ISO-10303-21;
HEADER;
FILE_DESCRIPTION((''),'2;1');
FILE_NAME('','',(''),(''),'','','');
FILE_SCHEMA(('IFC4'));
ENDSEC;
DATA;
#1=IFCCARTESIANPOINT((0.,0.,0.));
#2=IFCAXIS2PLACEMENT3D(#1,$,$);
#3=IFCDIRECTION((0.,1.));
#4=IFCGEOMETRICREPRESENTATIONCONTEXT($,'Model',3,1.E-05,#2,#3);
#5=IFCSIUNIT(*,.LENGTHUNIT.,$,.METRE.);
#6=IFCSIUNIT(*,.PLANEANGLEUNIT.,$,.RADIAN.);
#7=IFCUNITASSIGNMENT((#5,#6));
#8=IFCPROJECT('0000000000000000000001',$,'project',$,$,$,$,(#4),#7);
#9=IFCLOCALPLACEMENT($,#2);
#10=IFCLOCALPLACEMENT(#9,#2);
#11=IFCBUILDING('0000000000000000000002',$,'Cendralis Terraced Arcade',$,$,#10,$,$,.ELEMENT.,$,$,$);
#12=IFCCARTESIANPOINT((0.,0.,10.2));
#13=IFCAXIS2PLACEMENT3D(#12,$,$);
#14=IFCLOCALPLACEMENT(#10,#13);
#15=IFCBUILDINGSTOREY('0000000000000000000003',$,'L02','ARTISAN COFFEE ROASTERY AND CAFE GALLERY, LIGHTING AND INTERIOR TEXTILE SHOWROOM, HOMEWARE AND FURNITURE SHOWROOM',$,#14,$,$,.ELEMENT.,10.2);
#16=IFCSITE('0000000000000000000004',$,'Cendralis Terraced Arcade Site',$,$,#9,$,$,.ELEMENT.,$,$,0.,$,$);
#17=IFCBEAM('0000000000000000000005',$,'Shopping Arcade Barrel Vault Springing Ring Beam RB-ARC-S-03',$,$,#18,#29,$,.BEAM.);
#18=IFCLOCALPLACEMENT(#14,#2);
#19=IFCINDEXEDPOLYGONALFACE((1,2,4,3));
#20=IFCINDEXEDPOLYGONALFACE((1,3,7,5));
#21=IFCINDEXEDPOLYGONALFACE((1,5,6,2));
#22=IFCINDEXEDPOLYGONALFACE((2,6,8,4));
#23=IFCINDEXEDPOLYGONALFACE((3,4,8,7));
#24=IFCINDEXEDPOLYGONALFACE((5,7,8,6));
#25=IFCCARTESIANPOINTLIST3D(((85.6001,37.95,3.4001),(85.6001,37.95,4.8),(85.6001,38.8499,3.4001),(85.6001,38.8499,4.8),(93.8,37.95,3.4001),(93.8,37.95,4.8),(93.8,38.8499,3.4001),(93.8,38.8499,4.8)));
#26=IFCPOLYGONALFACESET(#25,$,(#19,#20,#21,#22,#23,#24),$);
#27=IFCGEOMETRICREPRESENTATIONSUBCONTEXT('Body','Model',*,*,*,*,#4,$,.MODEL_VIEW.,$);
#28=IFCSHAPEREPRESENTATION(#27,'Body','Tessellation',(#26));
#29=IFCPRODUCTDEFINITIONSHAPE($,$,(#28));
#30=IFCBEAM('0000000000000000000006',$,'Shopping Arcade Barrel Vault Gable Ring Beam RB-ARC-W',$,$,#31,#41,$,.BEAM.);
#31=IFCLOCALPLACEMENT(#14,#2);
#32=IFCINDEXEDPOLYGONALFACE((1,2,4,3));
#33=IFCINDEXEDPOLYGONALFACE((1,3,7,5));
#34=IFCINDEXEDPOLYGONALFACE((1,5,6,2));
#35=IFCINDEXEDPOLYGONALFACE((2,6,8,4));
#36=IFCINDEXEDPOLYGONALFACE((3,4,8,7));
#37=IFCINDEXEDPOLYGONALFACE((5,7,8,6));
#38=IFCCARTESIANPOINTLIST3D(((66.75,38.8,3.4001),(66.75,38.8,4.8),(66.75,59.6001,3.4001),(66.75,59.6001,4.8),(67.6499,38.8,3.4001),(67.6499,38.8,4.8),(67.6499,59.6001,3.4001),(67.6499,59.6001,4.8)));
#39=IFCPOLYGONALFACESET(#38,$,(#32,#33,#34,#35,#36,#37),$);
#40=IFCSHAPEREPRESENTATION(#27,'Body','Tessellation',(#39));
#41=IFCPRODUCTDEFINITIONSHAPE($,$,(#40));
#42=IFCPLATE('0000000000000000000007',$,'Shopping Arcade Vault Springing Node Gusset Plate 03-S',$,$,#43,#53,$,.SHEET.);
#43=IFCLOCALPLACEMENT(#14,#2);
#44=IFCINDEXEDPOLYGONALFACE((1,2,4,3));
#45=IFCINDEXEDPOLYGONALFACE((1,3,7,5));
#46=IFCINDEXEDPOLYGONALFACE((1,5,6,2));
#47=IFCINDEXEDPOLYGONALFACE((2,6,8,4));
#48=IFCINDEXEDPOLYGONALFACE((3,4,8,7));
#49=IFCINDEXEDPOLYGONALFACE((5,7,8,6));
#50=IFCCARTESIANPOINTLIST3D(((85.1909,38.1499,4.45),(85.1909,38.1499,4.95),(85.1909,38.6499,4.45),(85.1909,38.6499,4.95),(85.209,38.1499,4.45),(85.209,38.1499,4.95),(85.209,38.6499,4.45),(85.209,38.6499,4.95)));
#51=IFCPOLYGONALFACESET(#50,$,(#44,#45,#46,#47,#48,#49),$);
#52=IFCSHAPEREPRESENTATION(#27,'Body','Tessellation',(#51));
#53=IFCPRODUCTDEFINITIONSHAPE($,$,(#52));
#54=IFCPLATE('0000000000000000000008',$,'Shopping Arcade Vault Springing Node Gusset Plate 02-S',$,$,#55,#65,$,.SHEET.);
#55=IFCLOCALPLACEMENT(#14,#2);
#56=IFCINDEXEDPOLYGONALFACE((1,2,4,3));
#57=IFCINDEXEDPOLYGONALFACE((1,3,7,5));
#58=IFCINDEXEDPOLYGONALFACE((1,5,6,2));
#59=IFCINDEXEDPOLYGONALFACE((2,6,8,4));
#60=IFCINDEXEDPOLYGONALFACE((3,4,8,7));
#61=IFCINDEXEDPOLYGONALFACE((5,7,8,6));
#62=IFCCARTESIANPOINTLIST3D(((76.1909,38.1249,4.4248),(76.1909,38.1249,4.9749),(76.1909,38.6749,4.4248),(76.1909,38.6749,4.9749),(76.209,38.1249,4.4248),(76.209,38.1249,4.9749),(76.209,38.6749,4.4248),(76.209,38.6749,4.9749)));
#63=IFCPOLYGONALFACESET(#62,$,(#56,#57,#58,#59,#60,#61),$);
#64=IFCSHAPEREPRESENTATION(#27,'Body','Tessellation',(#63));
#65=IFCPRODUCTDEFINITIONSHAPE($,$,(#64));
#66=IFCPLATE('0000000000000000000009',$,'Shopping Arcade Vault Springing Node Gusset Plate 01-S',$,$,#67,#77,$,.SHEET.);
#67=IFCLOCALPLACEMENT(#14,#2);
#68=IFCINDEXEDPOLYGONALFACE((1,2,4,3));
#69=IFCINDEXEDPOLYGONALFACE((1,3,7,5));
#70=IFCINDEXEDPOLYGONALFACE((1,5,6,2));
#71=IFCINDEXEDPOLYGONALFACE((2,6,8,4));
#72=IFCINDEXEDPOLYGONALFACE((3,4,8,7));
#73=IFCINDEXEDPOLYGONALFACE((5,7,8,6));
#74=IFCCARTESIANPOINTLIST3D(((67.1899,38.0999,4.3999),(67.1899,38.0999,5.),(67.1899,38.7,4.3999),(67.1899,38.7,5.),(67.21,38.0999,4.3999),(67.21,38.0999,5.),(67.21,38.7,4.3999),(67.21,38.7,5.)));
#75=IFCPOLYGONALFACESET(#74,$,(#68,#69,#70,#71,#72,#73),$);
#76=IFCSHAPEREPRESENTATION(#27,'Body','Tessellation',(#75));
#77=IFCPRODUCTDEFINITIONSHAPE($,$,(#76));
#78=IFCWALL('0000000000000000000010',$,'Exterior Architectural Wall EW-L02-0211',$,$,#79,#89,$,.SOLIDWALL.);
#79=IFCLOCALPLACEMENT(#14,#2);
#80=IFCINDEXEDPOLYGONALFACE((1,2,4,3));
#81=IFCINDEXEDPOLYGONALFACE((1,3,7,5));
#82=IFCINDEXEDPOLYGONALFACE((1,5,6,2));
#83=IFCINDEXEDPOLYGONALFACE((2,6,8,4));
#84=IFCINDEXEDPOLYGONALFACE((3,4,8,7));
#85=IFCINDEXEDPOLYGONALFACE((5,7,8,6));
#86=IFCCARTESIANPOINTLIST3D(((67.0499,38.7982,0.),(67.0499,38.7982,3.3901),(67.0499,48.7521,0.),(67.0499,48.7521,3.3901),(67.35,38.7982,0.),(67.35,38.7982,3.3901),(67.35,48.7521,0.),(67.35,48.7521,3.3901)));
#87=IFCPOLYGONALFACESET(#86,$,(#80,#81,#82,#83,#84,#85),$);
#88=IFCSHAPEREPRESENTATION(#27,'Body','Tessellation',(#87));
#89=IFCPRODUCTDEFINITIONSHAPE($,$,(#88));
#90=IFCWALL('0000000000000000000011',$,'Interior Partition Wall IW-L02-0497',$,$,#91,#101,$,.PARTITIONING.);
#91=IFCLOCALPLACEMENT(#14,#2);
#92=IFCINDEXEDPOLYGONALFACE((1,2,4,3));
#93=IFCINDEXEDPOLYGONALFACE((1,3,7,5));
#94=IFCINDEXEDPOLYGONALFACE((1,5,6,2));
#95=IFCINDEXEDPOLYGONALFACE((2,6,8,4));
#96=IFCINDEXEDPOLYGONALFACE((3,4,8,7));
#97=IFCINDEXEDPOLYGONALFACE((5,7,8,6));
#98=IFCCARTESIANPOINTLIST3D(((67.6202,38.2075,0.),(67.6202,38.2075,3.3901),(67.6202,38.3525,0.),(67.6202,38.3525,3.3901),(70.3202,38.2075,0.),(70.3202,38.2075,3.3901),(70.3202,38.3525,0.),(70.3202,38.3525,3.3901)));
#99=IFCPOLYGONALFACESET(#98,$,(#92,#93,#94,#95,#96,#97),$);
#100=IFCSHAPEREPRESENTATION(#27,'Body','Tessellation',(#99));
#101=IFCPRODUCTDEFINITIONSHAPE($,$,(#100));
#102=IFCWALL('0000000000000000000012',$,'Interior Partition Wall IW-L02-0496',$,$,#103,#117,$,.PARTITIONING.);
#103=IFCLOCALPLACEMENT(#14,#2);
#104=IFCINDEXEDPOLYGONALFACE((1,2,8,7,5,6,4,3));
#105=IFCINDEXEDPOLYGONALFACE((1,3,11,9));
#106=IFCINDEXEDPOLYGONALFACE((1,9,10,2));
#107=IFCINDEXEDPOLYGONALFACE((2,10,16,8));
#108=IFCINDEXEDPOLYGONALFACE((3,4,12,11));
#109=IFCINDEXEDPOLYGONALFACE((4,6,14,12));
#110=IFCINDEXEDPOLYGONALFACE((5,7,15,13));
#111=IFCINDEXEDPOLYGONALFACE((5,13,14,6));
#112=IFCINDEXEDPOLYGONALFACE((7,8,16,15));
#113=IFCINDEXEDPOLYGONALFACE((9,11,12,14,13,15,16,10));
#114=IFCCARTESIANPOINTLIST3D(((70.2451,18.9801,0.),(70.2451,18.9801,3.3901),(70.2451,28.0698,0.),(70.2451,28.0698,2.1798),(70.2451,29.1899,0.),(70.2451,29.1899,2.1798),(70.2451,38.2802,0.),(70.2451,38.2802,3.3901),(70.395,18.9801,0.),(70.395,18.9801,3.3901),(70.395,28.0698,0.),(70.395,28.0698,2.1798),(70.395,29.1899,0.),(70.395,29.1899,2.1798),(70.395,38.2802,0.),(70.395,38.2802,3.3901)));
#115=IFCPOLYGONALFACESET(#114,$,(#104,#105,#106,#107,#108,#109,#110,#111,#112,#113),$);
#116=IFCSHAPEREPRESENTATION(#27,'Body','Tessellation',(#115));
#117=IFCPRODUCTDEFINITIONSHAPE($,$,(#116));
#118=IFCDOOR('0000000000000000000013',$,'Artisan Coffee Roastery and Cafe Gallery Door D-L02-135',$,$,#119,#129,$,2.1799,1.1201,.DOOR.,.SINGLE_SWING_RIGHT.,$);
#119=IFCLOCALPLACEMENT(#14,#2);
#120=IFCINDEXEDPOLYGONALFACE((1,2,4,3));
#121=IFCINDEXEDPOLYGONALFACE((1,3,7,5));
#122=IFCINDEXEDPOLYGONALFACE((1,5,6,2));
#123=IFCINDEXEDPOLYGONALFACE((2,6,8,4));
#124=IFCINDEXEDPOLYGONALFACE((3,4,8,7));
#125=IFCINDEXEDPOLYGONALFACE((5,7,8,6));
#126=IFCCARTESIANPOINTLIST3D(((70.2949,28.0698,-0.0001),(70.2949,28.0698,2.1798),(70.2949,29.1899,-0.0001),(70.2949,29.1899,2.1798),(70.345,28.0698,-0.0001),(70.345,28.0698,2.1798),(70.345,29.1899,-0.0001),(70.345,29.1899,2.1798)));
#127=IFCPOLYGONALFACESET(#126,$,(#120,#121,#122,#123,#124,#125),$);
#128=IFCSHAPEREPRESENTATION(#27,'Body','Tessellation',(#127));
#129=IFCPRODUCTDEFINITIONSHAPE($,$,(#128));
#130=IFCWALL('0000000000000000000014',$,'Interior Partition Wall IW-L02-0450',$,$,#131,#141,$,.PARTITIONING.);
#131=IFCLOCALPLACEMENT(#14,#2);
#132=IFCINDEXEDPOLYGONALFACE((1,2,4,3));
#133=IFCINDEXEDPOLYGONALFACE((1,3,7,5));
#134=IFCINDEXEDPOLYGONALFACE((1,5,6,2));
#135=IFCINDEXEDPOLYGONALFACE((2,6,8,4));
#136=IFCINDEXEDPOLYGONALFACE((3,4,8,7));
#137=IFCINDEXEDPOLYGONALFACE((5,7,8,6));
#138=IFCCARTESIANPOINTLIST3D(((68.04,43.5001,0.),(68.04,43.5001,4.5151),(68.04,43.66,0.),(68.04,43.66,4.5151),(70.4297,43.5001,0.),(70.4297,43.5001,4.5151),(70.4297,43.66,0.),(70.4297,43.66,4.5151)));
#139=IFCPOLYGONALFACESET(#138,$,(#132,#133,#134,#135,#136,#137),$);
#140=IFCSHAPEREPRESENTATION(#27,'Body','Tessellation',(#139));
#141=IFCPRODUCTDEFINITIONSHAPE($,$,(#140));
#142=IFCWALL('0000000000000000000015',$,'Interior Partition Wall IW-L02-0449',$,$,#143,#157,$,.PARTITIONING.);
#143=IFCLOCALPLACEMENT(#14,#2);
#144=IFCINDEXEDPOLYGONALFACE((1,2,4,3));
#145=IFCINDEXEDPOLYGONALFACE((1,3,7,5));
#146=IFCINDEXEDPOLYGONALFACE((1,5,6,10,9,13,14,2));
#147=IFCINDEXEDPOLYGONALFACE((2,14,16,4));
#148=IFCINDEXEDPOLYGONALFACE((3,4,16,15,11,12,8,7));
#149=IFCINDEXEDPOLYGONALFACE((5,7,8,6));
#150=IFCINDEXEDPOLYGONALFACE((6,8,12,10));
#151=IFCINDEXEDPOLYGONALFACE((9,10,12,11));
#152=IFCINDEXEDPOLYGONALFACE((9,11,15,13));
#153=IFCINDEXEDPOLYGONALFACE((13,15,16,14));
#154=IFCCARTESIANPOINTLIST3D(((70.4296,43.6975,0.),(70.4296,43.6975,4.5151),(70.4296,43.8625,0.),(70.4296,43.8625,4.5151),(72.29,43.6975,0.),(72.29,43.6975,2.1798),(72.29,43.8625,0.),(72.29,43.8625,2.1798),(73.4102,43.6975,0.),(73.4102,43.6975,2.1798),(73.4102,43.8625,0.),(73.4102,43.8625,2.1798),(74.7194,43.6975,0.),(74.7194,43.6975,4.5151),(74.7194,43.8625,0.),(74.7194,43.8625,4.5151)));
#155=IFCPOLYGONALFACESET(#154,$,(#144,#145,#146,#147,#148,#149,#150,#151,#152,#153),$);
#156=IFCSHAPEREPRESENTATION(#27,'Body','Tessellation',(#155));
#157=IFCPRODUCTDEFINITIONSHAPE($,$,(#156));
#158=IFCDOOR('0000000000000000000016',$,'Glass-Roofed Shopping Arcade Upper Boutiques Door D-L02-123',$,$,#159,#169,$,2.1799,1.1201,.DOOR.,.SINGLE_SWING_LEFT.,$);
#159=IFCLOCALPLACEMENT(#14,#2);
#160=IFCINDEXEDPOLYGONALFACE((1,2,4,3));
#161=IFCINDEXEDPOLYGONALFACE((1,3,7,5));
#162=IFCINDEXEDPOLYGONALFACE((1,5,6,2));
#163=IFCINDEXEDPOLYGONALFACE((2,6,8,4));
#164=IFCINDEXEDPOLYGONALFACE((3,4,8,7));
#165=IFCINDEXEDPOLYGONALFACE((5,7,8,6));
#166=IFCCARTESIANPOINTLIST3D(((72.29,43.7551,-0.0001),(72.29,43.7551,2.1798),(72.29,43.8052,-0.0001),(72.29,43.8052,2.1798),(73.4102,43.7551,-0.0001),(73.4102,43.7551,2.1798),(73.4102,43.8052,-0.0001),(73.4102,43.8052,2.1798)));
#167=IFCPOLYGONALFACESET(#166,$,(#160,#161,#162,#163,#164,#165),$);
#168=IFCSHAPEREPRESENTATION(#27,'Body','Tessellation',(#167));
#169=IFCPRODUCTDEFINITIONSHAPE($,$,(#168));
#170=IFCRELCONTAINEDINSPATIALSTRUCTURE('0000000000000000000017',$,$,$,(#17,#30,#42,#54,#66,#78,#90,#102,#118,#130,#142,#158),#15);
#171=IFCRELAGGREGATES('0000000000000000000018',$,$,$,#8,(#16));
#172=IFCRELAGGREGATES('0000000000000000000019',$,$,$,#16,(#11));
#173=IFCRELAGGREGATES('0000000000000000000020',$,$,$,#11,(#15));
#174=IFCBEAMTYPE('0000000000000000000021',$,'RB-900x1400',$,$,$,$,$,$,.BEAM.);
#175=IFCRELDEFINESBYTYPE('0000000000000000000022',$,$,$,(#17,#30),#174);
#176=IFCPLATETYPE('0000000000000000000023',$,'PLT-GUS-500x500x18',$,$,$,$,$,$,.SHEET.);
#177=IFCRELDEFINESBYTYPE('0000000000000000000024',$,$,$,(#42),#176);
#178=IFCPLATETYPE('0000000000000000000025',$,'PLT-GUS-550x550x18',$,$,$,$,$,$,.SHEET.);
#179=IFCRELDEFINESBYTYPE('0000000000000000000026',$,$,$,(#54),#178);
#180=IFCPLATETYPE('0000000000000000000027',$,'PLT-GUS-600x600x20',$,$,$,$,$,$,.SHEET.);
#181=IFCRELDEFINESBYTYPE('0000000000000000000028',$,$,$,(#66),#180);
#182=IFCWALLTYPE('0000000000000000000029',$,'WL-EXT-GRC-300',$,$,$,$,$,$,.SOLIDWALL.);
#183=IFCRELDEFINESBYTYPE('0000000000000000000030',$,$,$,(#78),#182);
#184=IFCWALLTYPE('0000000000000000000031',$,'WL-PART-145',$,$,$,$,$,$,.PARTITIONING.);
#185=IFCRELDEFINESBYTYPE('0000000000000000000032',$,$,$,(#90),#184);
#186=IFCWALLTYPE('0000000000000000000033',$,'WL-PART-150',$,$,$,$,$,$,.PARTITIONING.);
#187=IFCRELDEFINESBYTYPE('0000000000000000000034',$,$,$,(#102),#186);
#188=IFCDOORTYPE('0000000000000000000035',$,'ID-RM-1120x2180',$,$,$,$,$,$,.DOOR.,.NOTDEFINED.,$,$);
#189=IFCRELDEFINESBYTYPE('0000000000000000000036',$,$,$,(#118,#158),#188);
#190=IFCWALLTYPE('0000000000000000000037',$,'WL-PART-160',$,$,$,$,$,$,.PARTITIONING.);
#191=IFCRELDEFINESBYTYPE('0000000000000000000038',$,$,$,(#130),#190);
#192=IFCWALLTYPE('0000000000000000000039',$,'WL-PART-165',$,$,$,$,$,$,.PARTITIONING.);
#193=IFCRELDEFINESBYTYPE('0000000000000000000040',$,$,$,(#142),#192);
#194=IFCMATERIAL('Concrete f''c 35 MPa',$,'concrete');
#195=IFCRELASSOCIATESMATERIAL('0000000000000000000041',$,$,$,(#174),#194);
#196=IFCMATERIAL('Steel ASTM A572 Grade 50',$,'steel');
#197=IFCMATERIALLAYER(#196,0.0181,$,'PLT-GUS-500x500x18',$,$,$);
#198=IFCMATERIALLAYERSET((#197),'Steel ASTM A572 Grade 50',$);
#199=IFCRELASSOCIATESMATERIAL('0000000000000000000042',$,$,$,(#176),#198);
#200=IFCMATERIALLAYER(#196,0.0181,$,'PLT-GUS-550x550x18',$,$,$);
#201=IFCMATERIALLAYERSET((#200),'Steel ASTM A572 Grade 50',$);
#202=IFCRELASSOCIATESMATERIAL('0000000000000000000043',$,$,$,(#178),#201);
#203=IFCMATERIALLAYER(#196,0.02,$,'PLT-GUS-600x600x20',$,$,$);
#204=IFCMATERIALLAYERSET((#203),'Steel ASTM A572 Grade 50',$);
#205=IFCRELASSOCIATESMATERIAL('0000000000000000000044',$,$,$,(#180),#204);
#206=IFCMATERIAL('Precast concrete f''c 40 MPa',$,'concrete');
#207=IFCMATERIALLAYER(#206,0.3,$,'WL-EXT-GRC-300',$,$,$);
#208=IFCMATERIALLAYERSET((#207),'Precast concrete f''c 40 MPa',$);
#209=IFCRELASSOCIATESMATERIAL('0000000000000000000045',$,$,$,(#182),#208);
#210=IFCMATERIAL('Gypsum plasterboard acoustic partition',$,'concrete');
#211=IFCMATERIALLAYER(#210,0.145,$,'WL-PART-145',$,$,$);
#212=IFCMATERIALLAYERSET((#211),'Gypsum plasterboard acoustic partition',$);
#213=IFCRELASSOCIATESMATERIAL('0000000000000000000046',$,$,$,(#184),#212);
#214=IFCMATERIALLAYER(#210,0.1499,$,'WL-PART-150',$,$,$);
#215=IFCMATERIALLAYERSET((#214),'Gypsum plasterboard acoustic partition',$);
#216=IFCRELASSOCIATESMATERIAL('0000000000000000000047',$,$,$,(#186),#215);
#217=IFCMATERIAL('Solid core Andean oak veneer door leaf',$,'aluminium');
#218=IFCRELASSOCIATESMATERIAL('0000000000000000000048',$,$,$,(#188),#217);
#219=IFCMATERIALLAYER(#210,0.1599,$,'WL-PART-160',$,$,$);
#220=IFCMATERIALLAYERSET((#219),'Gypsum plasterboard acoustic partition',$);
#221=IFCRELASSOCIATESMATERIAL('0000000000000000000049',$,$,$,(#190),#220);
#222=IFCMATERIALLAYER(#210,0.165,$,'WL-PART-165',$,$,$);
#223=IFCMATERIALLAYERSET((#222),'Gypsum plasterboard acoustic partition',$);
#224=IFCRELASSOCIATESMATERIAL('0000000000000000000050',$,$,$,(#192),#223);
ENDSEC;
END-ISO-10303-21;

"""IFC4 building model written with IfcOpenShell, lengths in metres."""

from ifc_helpers import new_model, si_unit, direction, frame, frame_2d, origin, origin_2d, place, context, subcontext, project, spatial, rectangle, extrude, material, layer, layer_set, material_profile, profile_set, type_object, element, fill, save


model = new_model("IFC4")

# Units and contexts
model_context = context("Model", 3, precision=1e-05, world=origin(), true_north=direction((0.0, 1.0)))
body_context = subcontext(model_context, "Body", "Model", "MODEL_VIEW")
ifc_project = project(units=[si_unit("LENGTHUNIT", "METRE"), si_unit("PLANEANGLEUNIT", "RADIAN")], contexts=[model_context])

# Site, building, storey
site_placement = place(None, origin())
site = spatial("IfcSite", under=ifc_project, at=site_placement, Name="Cendralis Terraced Arcade Site", CompositionType="ELEMENT", RefElevation=0.0)
building_placement = place(site_placement, origin())
building = spatial("IfcBuilding", under=site, at=building_placement, Name="Cendralis Terraced Arcade", CompositionType="ELEMENT")
storey_placement = place(building_placement, frame((0.0, 0.0, 10.2)))
storey = spatial("IfcBuildingStorey", under=building, at=storey_placement, Name="L02", Description="ARTISAN COFFEE ROASTERY AND CAFE GALLERY, LIGHTING AND INTERIOR TEXTILE SHOWROOM, HOMEWARE AND FURNITURE SHOWROOM", CompositionType="ELEMENT", Elevation=10.2)

# Beams
ifc_material_1 = material(Name="Concrete f'c 35 MPa", Category="concrete")
ifc_material_profile_1 = material_profile(ifc_material_1, rectangle(XDim=0.8999, YDim=1.3999, at=origin_2d()), Name="RC-RB-900x1400", Category="LoadBearing")
ifc_profile_set_1 = profile_set([ifc_material_profile_1], Name="Concrete f'c 35 MPa")
beam_type = type_object("IfcBeamType", Name="RB-900x1400", PredefinedType="BEAM", material=ifc_profile_set_1)
for number, where, z_axis, x_axis, name in (
    (1, (85.6001, 38.3999, 4.1001), (1.0, 0.0, 0.0), (0.0, 1.0, 0.0), "Shopping Arcade Barrel Vault Springing Ring Beam RB-ARC-S-03"),
):
    element("IfcBeam", number, at=place(storey_placement, frame(where, z_axis=z_axis, x_axis=x_axis)), inside=storey, type_object=beam_type, Name=name, PredefinedType="BEAM", context=body_context, shape_type="SweptSolid", body=[
        extrude(rectangle(XDim=0.8999, YDim=1.3999, at=origin_2d()), origin(), (0.0, 0.0, 1.0), 8.2),
    ])
beam_placement = place(storey_placement, frame((67.2, 38.8, 4.1001), z_axis=(0.0, 1.0, 0.0), x_axis=(-1.0, 0.0, 0.0)))
element("IfcBeam", 2, at=beam_placement, inside=storey, type_object=beam_type, Name="Shopping Arcade Barrel Vault Gable Ring Beam RB-ARC-W", PredefinedType="BEAM", context=body_context, shape_type="SweptSolid", body=[
    extrude(rectangle(XDim=0.8999, YDim=1.3999, at=origin_2d()), origin(), (0.0, 0.0, 1.0), 20.8),
])

# Plates
ifc_material_2 = material(Name="Steel ASTM A572 Grade 50", Category="steel")
ifc_layer_1 = layer(ifc_material_2, 0.0181, Name="PLT-GUS-500x500x18")
ifc_layer_set_1 = layer_set([ifc_layer_1], Name="Steel ASTM A572 Grade 50")
plate_type_1 = type_object("IfcPlateType", Name="PLT-GUS-500x500x18", PredefinedType="SHEET", material=ifc_layer_set_1)
plate_1_placement = place(storey_placement, frame((85.2, 38.3999, 4.45), z_axis=(0.0, 0.0, 1.0), x_axis=(0.0, 1.0, 0.0)))
element("IfcPlate", 3, at=plate_1_placement, inside=storey, type_object=plate_type_1, Name="Shopping Arcade Vault Springing Node Gusset Plate 03-S", PredefinedType="SHEET", context=body_context, shape_type="SweptSolid", body=[
    extrude(rectangle(XDim=0.5, YDim=0.0181, at=origin_2d()), origin(), (0.0, 0.0, 1.0), 0.5),
])
ifc_layer_2 = layer(ifc_material_2, 0.0181, Name="PLT-GUS-550x550x18")
ifc_layer_set_2 = layer_set([ifc_layer_2], Name="Steel ASTM A572 Grade 50")
plate_type_2 = type_object("IfcPlateType", Name="PLT-GUS-550x550x18", PredefinedType="SHEET", material=ifc_layer_set_2)
plate_2_placement = place(storey_placement, frame((76.2, 38.3999, 4.4248), z_axis=(0.0, 0.0, 1.0), x_axis=(0.0, 1.0, 0.0)))
element("IfcPlate", 4, at=plate_2_placement, inside=storey, type_object=plate_type_2, Name="Shopping Arcade Vault Springing Node Gusset Plate 02-S", PredefinedType="SHEET", context=body_context, shape_type="SweptSolid", body=[
    extrude(rectangle(XDim=0.55, YDim=0.0181, at=origin_2d()), origin(), (0.0, 0.0, 1.0), 0.55),
])
ifc_layer_3 = layer(ifc_material_2, 0.02, Name="PLT-GUS-600x600x20")
ifc_layer_set_3 = layer_set([ifc_layer_3], Name="Steel ASTM A572 Grade 50")
plate_type_3 = type_object("IfcPlateType", Name="PLT-GUS-600x600x20", PredefinedType="SHEET", material=ifc_layer_set_3)
plate_3_placement = place(storey_placement, frame((67.2, 38.3999, 4.3999), z_axis=(0.0, 0.0, 1.0), x_axis=(0.0, 1.0, 0.0)))
element("IfcPlate", 5, at=plate_3_placement, inside=storey, type_object=plate_type_3, Name="Shopping Arcade Vault Springing Node Gusset Plate 01-S", PredefinedType="SHEET", context=body_context, shape_type="SweptSolid", body=[
    extrude(rectangle(XDim=0.6001, YDim=0.02, at=origin_2d()), origin(), (0.0, 0.0, 1.0), 0.6001),
])

# Walls
ifc_material_3 = material(Name="Precast concrete f'c 40 MPa", Category="concrete")
ifc_layer_4 = layer(ifc_material_3, 0.3, Name="WL-EXT-GRC-300")
ifc_layer_set_4 = layer_set([ifc_layer_4], Name="Precast concrete f'c 40 MPa")
wall_type_1 = type_object("IfcWallType", Name="WL-EXT-GRC-300", PredefinedType="SOLIDWALL", material=ifc_layer_set_4)
wall_1_placement = place(storey_placement, frame((67.2, 38.7981, 0.0), z_axis=(0.0, 0.0, 1.0), x_axis=(0.0, 1.0, 0.0)))
element("IfcWall", 6, at=wall_1_placement, inside=storey, type_object=wall_type_1, Name="Exterior Architectural Wall EW-L02-0211", PredefinedType="SOLIDWALL", context=body_context, shape_type="SweptSolid", body=[
    extrude(rectangle(XDim=9.9539, YDim=0.3, at=frame_2d((4.9771, 0.0))), origin(), (0.0, 0.0, 1.0), 3.3901),
])
ifc_material_4 = material(Name="Gypsum plasterboard acoustic partition", Category="concrete")
ifc_layer_5 = layer(ifc_material_4, 0.145, Name="WL-PART-145")
ifc_layer_set_5 = layer_set([ifc_layer_5], Name="Gypsum plasterboard acoustic partition")
wall_type_2 = type_object("IfcWallType", Name="WL-PART-145", PredefinedType="PARTITIONING", material=ifc_layer_set_5)
wall_2_placement = place(storey_placement, frame((67.6201, 38.28, 0.0), z_axis=(0.0, 0.0, 1.0), x_axis=(1.0, 0.0, 0.0)))
element("IfcWall", 7, at=wall_2_placement, inside=storey, type_object=wall_type_2, Name="Interior Partition Wall IW-L02-0497", PredefinedType="PARTITIONING", context=body_context, shape_type="SweptSolid", body=[
    extrude(rectangle(XDim=2.7, YDim=0.145, at=frame_2d((1.3501, 0.0))), origin(), (0.0, 0.0, 1.0), 3.3901),
])

# Wall, opening, door
ifc_layer_6 = layer(ifc_material_4, 0.1499, Name="WL-PART-150")
ifc_layer_set_6 = layer_set([ifc_layer_6], Name="Gypsum plasterboard acoustic partition")
wall_type_3 = type_object("IfcWallType", Name="WL-PART-150", PredefinedType="PARTITIONING", material=ifc_layer_set_6)
wall_3_placement = place(storey_placement, frame((70.3201, 38.28, 0.0), z_axis=(0.0, 0.0, 1.0), x_axis=(0.0, -1.0, 0.0)))
wall_3 = element("IfcWall", 8, at=wall_3_placement, inside=storey, type_object=wall_type_3, Name="Interior Partition Wall IW-L02-0496", PredefinedType="PARTITIONING", context=body_context, shape_type="SweptSolid", body=[
    extrude(rectangle(XDim=19.3, YDim=0.1499, at=frame_2d((9.6499, 0.0))), origin(), (0.0, 0.0, 1.0), 3.3901),
])
opening_1_placement = place(wall_3_placement, frame((9.0901, 0.0, 0.0)))
opening_1 = element("IfcOpeningElement", 9, at=opening_1_placement, cuts=wall_3, PredefinedType="OPENING", context=body_context, shape_type="SweptSolid", body=[
    extrude(rectangle(XDim=1.1201, YDim=2.1799, at=frame_2d((0.5601, 1.0898))), frame((0.0, 0.0869, 0.0), z_axis=(0.0, -1.0, 0.0), x_axis=(1.0, 0.0, 0.0)), (0.0, 0.0, 1.0), 0.1738),
])
ifc_material_5 = material(Name="Solid core Andean oak veneer door leaf", Category="aluminium")
door_type = type_object("IfcDoorType", Name="ID-RM-1120x2180", OperationType="NOTDEFINED", PredefinedType="DOOR", material=ifc_material_5)
door_1_placement = place(opening_1_placement, origin())
door_1 = element("IfcDoor", 10, at=door_1_placement, inside=storey, type_object=door_type, Name="Artisan Coffee Roastery and Cafe Gallery Door D-L02-135", OperationType="SINGLE_SWING_RIGHT", OverallHeight=2.1799, OverallWidth=1.1201, PredefinedType="DOOR", context=body_context, shape_type="SweptSolid", body=[
    extrude(rectangle(XDim=1.1201, YDim=2.1799, at=frame_2d((0.5601, 1.0898))), frame((0.0, 0.0249, 0.0), z_axis=(0.0, -1.0, 0.0), x_axis=(1.0, 0.0, 0.0)), (0.0, 0.0, 1.0), 0.05),
])
fill(opening_1, door_1)

# Wall
ifc_layer_7 = layer(ifc_material_4, 0.1599, Name="WL-PART-160")
ifc_layer_set_7 = layer_set([ifc_layer_7], Name="Gypsum plasterboard acoustic partition")
wall_type_4 = type_object("IfcWallType", Name="WL-PART-160", PredefinedType="PARTITIONING", material=ifc_layer_set_7)
wall_4_placement = place(storey_placement, frame((70.4297, 43.5801, 0.0), z_axis=(0.0, 0.0, 1.0), x_axis=(-1.0, 0.0, 0.0)))
element("IfcWall", 11, at=wall_4_placement, inside=storey, type_object=wall_type_4, Name="Interior Partition Wall IW-L02-0450", PredefinedType="PARTITIONING", context=body_context, shape_type="SweptSolid", body=[
    extrude(rectangle(XDim=2.3896, YDim=0.1599, at=frame_2d((1.1948, 0.0))), origin(), (0.0, 0.0, 1.0), 4.5151),
])

# Wall, opening, door
ifc_layer_8 = layer(ifc_material_4, 0.165, Name="WL-PART-165")
ifc_layer_set_8 = layer_set([ifc_layer_8], Name="Gypsum plasterboard acoustic partition")
wall_type_5 = type_object("IfcWallType", Name="WL-PART-165", PredefinedType="PARTITIONING", material=ifc_layer_set_8)
wall_5_placement = place(storey_placement, frame((74.7195, 43.78, 0.0), z_axis=(0.0, 0.0, 1.0), x_axis=(-1.0, 0.0, 0.0)))
wall_5 = element("IfcWall", 12, at=wall_5_placement, inside=storey, type_object=wall_type_5, Name="Interior Partition Wall IW-L02-0449", PredefinedType="PARTITIONING", context=body_context, shape_type="SweptSolid", body=[
    extrude(rectangle(XDim=4.2898, YDim=0.165, at=frame_2d((2.145, 0.0))), origin(), (0.0, 0.0, 1.0), 4.5151),
])
opening_2_placement = place(wall_5_placement, frame((1.3093, 0.0, 0.0)))
opening_2 = element("IfcOpeningElement", 13, at=opening_2_placement, cuts=wall_5, PredefinedType="OPENING", context=body_context, shape_type="SweptSolid", body=[
    extrude(rectangle(XDim=1.1201, YDim=2.1799, at=frame_2d((0.5601, 1.0898))), frame((0.0, 0.0945, 0.0), z_axis=(0.0, -1.0, 0.0), x_axis=(1.0, 0.0, 0.0)), (0.0, 0.0, 1.0), 0.189),
])
door_2_placement = place(opening_2_placement, origin())
door_2 = element("IfcDoor", 14, at=door_2_placement, inside=storey, type_object=door_type, Name="Glass-Roofed Shopping Arcade Upper Boutiques Door D-L02-123", OperationType="SINGLE_SWING_LEFT", OverallHeight=2.1799, OverallWidth=1.1201, PredefinedType="DOOR", context=body_context, shape_type="SweptSolid", body=[
    extrude(rectangle(XDim=1.1201, YDim=2.1799, at=frame_2d((0.5601, 1.0898))), frame((0.0, 0.0249, 0.0), z_axis=(0.0, -1.0, 0.0), x_axis=(1.0, 0.0, 0.0)), (0.0, 0.0, 1.0), 0.05),
])
fill(opening_2, door_2)

save(model, "model.ifc")
